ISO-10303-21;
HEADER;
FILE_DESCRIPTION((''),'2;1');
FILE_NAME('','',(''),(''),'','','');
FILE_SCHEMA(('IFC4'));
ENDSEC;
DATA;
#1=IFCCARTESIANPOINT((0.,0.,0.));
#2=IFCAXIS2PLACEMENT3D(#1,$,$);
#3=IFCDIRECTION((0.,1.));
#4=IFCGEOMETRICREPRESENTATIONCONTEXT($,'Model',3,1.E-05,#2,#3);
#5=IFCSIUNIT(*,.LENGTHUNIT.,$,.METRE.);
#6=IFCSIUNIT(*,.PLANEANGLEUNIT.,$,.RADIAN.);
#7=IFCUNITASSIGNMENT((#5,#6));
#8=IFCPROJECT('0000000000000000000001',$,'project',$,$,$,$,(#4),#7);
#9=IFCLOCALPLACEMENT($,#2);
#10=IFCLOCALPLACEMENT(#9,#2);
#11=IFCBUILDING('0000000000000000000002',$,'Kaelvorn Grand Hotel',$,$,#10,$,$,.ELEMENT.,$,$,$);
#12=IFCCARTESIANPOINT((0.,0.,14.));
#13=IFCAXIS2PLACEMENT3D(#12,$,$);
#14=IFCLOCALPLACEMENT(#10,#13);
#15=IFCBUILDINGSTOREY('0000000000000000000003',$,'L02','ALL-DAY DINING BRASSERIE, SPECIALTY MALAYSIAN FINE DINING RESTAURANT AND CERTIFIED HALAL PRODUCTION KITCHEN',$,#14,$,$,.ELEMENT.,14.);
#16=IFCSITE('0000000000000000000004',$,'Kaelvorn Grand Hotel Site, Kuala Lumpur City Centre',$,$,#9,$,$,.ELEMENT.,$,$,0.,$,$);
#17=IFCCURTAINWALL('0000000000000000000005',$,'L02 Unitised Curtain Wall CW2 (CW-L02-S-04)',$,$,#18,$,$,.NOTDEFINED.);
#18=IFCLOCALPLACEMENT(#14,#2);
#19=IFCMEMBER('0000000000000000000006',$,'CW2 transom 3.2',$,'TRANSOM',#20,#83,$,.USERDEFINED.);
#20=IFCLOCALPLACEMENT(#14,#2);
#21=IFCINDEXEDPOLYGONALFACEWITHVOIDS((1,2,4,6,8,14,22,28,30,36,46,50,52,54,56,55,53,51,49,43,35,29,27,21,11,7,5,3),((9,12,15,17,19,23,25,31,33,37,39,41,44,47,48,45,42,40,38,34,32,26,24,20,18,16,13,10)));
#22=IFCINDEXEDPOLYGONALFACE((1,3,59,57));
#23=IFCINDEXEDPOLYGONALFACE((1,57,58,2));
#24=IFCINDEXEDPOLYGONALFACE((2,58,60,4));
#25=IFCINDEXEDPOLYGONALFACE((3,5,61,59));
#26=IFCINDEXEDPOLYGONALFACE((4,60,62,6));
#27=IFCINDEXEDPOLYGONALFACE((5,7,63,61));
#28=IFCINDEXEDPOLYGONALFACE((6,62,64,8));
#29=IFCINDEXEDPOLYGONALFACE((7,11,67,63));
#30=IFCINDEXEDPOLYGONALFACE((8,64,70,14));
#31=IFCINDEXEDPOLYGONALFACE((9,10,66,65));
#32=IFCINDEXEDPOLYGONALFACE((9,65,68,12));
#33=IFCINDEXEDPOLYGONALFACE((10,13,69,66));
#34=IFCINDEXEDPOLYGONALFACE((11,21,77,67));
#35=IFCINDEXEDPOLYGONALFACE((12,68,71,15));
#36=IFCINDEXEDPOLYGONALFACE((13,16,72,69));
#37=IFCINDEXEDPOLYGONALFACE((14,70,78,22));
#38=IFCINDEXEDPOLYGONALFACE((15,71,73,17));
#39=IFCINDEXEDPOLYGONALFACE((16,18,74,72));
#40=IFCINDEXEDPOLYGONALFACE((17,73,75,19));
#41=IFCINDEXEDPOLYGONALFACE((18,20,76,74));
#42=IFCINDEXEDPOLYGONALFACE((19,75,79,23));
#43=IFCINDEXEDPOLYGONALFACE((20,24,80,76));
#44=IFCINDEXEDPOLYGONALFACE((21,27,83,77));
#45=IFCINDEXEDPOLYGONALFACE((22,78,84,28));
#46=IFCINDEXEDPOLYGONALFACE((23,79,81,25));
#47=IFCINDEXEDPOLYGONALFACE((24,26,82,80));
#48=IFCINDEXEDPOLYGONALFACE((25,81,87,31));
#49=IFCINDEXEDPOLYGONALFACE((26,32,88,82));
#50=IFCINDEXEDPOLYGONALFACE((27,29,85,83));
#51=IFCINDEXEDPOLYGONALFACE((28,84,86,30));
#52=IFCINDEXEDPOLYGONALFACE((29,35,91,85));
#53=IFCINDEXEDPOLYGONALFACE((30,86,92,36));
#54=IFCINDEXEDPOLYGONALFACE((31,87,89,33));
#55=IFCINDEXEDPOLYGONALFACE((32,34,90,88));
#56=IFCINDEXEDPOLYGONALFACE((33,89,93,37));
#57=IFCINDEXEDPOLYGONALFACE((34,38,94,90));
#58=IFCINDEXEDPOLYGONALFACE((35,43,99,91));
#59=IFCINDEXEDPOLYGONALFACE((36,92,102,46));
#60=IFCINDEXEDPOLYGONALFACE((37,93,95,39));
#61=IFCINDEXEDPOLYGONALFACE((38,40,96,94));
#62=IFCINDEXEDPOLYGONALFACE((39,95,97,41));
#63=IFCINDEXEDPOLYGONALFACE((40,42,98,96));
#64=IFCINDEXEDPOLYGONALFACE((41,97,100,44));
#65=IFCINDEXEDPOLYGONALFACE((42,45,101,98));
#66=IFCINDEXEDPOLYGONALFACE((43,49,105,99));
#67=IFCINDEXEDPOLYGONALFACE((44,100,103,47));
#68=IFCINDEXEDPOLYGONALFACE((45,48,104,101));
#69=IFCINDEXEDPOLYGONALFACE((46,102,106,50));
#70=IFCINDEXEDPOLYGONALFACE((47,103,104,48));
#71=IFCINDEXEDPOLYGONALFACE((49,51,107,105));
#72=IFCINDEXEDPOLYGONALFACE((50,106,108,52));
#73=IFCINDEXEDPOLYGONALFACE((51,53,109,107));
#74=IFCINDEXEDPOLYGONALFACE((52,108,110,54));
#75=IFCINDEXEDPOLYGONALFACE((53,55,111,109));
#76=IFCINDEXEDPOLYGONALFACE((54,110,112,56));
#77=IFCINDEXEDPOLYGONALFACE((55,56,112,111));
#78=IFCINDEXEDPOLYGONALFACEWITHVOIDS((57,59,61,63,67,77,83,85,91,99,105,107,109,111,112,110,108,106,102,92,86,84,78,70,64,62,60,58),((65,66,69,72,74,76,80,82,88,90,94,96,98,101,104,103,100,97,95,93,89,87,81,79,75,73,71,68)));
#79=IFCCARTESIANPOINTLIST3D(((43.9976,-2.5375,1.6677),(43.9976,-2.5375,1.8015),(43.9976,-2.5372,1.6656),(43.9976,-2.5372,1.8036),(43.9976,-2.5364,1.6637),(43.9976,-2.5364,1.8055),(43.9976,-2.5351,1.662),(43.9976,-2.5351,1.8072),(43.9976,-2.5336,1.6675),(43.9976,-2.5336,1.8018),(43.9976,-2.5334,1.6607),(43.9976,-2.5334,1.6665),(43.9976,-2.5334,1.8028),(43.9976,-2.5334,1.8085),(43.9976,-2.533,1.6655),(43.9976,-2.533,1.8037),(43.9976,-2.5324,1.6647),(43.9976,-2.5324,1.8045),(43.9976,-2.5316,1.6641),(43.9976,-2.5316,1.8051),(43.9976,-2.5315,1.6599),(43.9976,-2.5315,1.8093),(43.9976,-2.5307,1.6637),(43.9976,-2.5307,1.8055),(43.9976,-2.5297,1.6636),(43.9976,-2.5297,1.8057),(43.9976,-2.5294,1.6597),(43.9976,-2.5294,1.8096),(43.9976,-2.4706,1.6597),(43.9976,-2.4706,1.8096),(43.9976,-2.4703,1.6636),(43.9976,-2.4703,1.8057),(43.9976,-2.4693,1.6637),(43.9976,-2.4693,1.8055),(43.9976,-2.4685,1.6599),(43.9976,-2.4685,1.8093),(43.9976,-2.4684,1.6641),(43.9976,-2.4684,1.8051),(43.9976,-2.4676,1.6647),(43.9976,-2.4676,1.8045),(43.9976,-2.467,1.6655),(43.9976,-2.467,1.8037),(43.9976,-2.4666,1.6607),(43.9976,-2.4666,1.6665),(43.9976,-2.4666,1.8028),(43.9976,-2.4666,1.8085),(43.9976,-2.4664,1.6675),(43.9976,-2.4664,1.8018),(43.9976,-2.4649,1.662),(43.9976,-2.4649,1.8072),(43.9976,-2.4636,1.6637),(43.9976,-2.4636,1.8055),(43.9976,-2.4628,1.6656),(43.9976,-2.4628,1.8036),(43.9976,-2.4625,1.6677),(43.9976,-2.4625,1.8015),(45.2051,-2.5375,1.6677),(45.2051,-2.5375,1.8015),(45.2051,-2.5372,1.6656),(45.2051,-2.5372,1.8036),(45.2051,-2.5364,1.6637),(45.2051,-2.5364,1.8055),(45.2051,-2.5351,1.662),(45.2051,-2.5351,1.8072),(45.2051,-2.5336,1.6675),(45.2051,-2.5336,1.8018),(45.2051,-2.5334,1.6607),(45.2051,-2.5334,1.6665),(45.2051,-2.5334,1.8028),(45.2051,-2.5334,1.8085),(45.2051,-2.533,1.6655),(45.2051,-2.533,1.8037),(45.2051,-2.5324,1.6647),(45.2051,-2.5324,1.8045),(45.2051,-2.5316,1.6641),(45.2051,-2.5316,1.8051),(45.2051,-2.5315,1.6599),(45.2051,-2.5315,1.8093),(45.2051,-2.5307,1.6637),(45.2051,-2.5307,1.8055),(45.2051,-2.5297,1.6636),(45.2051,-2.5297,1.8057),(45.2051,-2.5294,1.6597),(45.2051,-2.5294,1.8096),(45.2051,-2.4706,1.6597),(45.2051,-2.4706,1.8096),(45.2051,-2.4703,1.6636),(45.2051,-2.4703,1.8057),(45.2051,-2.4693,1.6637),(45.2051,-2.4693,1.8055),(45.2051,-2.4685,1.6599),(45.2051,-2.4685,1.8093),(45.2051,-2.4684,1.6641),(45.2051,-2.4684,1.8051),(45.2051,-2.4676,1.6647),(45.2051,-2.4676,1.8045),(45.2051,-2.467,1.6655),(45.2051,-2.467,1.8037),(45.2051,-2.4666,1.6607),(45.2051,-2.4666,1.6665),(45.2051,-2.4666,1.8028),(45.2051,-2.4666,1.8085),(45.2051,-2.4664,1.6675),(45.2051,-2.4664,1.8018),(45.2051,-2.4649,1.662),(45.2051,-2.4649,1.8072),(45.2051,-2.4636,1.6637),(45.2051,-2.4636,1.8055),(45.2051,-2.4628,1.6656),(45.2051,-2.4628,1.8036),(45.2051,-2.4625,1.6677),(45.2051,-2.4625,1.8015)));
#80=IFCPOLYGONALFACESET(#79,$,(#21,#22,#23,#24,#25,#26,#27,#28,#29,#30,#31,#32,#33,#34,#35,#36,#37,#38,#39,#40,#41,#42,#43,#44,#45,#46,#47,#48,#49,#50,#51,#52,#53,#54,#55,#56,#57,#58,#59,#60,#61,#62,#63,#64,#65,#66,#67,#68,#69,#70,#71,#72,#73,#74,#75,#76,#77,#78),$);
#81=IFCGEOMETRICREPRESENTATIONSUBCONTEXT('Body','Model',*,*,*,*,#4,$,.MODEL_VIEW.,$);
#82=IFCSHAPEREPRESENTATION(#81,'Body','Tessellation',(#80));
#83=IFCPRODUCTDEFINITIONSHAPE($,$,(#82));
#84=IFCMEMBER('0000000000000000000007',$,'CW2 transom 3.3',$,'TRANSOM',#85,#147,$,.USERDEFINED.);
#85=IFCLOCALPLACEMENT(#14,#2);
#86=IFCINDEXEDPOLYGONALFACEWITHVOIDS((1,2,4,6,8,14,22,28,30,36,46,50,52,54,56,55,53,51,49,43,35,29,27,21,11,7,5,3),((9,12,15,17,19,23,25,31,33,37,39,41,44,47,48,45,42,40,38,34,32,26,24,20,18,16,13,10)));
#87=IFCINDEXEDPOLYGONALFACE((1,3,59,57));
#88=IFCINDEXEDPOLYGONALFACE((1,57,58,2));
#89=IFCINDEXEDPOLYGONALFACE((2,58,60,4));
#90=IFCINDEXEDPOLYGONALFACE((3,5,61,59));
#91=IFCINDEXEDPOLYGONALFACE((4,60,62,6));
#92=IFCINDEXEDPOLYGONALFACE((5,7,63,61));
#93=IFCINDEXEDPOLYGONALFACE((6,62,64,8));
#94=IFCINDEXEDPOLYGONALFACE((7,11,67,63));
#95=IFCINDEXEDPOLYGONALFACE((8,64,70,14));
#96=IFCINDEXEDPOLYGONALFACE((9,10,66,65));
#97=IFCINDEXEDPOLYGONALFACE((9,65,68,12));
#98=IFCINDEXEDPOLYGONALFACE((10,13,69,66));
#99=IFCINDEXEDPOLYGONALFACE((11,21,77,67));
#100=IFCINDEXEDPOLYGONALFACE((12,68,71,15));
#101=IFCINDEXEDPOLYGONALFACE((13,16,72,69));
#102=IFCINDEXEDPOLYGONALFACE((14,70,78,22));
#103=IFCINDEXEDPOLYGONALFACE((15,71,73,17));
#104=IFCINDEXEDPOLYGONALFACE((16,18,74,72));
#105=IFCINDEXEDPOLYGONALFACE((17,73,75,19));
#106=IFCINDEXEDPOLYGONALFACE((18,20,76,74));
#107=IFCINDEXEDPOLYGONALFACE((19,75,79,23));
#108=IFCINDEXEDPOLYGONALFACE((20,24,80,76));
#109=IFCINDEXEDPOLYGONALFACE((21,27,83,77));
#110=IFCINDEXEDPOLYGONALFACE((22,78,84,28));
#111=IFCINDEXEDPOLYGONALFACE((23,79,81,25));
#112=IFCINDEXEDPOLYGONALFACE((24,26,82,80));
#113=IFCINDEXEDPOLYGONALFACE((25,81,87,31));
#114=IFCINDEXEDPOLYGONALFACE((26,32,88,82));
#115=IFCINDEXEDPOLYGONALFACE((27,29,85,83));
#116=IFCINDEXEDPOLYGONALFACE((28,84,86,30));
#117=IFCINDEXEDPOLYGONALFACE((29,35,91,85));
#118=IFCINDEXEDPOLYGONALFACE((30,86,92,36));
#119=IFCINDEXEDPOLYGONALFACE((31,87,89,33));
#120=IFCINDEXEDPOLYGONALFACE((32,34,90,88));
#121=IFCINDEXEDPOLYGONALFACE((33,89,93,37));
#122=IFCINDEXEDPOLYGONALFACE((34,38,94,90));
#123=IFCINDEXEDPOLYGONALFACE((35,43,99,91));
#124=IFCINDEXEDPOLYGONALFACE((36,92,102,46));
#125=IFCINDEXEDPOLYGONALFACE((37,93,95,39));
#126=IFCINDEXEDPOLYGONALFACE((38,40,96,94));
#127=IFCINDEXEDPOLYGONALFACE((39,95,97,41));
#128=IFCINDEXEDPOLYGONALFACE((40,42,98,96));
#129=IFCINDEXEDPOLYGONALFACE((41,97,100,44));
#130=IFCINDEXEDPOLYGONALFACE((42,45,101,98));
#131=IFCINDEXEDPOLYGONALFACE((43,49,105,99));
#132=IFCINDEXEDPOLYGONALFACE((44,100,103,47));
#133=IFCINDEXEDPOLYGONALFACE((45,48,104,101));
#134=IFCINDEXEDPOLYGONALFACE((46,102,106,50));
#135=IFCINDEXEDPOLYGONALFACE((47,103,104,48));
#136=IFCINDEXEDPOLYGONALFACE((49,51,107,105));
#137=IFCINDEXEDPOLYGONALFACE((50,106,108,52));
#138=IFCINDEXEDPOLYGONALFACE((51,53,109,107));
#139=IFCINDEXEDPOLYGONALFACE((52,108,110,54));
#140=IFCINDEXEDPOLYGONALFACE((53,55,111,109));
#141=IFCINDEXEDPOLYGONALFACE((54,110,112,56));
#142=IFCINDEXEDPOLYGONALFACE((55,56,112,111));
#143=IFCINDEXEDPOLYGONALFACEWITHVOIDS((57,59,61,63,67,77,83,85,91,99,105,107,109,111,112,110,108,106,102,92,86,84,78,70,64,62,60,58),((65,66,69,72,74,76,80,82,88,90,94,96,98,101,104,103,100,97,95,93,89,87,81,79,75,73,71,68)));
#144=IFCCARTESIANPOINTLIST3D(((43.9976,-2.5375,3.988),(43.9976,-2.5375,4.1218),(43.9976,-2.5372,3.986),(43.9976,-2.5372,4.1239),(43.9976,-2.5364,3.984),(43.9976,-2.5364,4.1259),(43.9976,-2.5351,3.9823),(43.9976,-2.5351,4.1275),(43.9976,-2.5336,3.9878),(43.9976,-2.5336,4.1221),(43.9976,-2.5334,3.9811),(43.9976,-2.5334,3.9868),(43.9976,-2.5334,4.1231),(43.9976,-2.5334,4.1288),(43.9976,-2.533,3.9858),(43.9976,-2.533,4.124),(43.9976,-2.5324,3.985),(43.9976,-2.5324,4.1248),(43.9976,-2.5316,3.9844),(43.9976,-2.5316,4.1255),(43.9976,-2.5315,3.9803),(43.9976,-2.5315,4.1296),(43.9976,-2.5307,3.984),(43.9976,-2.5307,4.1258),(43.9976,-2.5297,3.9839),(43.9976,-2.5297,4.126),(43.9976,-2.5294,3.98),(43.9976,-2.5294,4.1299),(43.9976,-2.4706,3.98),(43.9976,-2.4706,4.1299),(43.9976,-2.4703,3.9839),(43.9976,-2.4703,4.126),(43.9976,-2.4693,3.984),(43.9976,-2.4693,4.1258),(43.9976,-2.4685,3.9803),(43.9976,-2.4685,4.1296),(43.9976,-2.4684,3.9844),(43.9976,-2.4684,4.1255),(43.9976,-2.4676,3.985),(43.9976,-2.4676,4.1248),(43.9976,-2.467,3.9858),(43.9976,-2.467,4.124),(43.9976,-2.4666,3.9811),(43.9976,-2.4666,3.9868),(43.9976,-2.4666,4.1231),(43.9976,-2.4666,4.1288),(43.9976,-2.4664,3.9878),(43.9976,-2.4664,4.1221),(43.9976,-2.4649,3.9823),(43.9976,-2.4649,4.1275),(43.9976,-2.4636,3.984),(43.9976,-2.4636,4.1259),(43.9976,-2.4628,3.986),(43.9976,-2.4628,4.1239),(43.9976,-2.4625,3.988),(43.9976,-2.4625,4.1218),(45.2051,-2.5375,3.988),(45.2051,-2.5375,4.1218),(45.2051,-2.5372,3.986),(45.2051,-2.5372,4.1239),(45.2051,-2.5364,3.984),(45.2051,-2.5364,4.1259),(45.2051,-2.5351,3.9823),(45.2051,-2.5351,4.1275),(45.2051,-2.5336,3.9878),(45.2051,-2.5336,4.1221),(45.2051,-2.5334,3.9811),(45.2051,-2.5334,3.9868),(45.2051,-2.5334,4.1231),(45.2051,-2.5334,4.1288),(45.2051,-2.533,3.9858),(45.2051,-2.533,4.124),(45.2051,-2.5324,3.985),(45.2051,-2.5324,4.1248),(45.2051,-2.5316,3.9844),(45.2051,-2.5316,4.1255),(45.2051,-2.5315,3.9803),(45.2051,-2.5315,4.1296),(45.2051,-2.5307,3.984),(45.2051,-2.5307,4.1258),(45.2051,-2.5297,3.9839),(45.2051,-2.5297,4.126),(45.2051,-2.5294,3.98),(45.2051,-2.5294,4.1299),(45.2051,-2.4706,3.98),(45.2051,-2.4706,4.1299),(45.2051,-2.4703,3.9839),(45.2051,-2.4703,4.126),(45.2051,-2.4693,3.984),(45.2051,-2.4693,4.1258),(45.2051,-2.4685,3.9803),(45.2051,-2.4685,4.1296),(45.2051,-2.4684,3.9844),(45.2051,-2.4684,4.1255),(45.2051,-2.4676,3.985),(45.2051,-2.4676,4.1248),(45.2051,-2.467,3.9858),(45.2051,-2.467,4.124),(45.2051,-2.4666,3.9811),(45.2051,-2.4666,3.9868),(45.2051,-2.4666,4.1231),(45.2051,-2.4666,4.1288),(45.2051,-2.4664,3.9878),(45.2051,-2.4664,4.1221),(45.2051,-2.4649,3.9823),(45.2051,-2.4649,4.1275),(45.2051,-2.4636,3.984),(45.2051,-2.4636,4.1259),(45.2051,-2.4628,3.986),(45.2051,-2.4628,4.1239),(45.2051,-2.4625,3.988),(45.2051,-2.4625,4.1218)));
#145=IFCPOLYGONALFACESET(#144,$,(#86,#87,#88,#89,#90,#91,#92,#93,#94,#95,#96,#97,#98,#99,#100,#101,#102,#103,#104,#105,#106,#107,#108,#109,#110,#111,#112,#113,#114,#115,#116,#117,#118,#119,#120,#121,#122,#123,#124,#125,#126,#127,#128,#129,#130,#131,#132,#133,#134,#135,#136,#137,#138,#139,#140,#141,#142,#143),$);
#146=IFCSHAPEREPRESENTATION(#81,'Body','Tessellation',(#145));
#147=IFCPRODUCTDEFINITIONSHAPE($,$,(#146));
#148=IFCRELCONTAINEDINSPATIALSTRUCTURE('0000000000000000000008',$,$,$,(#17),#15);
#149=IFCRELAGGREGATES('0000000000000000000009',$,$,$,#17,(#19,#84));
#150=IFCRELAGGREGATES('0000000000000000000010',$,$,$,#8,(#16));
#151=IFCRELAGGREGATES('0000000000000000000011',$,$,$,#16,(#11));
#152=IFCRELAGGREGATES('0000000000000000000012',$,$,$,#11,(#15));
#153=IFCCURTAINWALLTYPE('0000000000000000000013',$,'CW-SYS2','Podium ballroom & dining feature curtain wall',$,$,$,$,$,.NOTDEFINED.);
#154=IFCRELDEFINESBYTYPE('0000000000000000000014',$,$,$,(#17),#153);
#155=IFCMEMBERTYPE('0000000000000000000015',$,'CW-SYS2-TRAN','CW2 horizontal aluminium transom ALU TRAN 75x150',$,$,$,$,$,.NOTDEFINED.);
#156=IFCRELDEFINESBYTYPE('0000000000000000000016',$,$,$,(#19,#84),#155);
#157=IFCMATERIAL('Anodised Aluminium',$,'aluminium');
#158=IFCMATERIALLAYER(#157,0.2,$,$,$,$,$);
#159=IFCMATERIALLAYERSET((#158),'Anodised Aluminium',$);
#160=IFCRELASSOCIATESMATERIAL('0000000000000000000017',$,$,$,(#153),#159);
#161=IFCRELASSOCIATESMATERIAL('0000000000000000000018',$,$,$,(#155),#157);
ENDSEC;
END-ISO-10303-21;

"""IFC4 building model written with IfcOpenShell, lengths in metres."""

from ifc_helpers import new_model, si_unit, direction, frame, origin, origin_2d, place, context, subcontext, project, spatial, hollow_rectangle, extrude, material, layer, layer_set, material_profile, profile_set, type_object, element, aggregate, save


model = new_model("IFC4")

# Units and contexts
model_context = context("Model", 3, precision=1e-05, world=origin(), true_north=direction((0.0, 1.0)))
body_context = subcontext(model_context, "Body", "Model", "MODEL_VIEW")
ifc_project = project(units=[si_unit("LENGTHUNIT", "METRE"), si_unit("PLANEANGLEUNIT", "RADIAN")], contexts=[model_context])

# Site, building, storey
site_placement = place(None, origin())
site = spatial("IfcSite", under=ifc_project, at=site_placement, Name="Kaelvorn Grand Hotel Site, Kuala Lumpur City Centre", CompositionType="ELEMENT", RefElevation=0.0)
building_placement = place(site_placement, origin())
building = spatial("IfcBuilding", under=site, at=building_placement, Name="Kaelvorn Grand Hotel", CompositionType="ELEMENT")
storey_placement = place(building_placement, frame((0.0, 0.0, 14.0)))
storey = spatial("IfcBuildingStorey", under=building, at=storey_placement, Name="L02", Description="ALL-DAY DINING BRASSERIE, SPECIALTY MALAYSIAN FINE DINING RESTAURANT AND CERTIFIED HALAL PRODUCTION KITCHEN", CompositionType="ELEMENT", Elevation=14.0)

# Curtain wall
ifc_material_1 = material(Name="Anodised Aluminium", Category="aluminium")
ifc_layer_1 = layer(ifc_material_1, 0.2)
ifc_layer_set_1 = layer_set([ifc_layer_1], Name="Anodised Aluminium")
curtain_wall_type = type_object("IfcCurtainWallType", Name="CW-SYS2", Description="Podium ballroom & dining feature curtain wall", PredefinedType="NOTDEFINED", material=ifc_layer_set_1)
curtain_wall_1_placement = place(storey_placement, origin())
curtain_wall_1 = element("IfcCurtainWall", 1, at=curtain_wall_1_placement, inside=storey, type_object=curtain_wall_type, Name="L02 Unitised Curtain Wall CW2 (CW-L02-S-04)", PredefinedType="NOTDEFINED")

# Members
ifc_material_profile_1 = material_profile(ifc_material_1, hollow_rectangle(XDim=0.075, YDim=0.1499, WallThickness=0.0039, InnerFilletRadius=0.0039, OuterFilletRadius=0.0081, at=origin_2d()), Name="ALU TRAN 75x150")
ifc_profile_set_1 = profile_set([ifc_material_profile_1], Name="Anodised Aluminium")
member_type_1 = type_object("IfcMemberType", Name="CW-SYS2-TRAN", Description="CW2 horizontal aluminium transom ALU TRAN 75x150", PredefinedType="NOTDEFINED", material=ifc_profile_set_1)
member_1_placement = place(storey_placement, frame((43.9976, -2.5, 1.7346), z_axis=(1.0, 0.0, 0.0), x_axis=(0.0, 1.0, 0.0)))
member_1 = element("IfcMember", 2, at=member_1_placement, type_object=member_type_1, Name="CW2 transom 3.2", ObjectType="TRANSOM", PredefinedType="USERDEFINED", context=body_context, shape_type="SweptSolid", body=[
    extrude(hollow_rectangle(XDim=0.075, YDim=0.1499, WallThickness=0.0039, InnerFilletRadius=0.0039, OuterFilletRadius=0.0081, at=origin_2d()), origin(), (0.0, 0.0, 1.0), 1.2075),
])
member_2_placement = place(storey_placement, frame((43.9976, -2.5, 4.0549), z_axis=(1.0, 0.0, 0.0), x_axis=(0.0, 1.0, 0.0)))
member_2 = element("IfcMember", 3, at=member_2_placement, type_object=member_type_1, Name="CW2 transom 3.3", ObjectType="TRANSOM", PredefinedType="USERDEFINED", context=body_context, shape_type="SweptSolid", body=[
    extrude(hollow_rectangle(XDim=0.075, YDim=0.1499, WallThickness=0.0039, InnerFilletRadius=0.0039, OuterFilletRadius=0.0081, at=origin_2d()), origin(), (0.0, 0.0, 1.0), 1.2075),
])

aggregate(curtain_wall_1, [member_1, member_2])

save(model, "model.ifc")
